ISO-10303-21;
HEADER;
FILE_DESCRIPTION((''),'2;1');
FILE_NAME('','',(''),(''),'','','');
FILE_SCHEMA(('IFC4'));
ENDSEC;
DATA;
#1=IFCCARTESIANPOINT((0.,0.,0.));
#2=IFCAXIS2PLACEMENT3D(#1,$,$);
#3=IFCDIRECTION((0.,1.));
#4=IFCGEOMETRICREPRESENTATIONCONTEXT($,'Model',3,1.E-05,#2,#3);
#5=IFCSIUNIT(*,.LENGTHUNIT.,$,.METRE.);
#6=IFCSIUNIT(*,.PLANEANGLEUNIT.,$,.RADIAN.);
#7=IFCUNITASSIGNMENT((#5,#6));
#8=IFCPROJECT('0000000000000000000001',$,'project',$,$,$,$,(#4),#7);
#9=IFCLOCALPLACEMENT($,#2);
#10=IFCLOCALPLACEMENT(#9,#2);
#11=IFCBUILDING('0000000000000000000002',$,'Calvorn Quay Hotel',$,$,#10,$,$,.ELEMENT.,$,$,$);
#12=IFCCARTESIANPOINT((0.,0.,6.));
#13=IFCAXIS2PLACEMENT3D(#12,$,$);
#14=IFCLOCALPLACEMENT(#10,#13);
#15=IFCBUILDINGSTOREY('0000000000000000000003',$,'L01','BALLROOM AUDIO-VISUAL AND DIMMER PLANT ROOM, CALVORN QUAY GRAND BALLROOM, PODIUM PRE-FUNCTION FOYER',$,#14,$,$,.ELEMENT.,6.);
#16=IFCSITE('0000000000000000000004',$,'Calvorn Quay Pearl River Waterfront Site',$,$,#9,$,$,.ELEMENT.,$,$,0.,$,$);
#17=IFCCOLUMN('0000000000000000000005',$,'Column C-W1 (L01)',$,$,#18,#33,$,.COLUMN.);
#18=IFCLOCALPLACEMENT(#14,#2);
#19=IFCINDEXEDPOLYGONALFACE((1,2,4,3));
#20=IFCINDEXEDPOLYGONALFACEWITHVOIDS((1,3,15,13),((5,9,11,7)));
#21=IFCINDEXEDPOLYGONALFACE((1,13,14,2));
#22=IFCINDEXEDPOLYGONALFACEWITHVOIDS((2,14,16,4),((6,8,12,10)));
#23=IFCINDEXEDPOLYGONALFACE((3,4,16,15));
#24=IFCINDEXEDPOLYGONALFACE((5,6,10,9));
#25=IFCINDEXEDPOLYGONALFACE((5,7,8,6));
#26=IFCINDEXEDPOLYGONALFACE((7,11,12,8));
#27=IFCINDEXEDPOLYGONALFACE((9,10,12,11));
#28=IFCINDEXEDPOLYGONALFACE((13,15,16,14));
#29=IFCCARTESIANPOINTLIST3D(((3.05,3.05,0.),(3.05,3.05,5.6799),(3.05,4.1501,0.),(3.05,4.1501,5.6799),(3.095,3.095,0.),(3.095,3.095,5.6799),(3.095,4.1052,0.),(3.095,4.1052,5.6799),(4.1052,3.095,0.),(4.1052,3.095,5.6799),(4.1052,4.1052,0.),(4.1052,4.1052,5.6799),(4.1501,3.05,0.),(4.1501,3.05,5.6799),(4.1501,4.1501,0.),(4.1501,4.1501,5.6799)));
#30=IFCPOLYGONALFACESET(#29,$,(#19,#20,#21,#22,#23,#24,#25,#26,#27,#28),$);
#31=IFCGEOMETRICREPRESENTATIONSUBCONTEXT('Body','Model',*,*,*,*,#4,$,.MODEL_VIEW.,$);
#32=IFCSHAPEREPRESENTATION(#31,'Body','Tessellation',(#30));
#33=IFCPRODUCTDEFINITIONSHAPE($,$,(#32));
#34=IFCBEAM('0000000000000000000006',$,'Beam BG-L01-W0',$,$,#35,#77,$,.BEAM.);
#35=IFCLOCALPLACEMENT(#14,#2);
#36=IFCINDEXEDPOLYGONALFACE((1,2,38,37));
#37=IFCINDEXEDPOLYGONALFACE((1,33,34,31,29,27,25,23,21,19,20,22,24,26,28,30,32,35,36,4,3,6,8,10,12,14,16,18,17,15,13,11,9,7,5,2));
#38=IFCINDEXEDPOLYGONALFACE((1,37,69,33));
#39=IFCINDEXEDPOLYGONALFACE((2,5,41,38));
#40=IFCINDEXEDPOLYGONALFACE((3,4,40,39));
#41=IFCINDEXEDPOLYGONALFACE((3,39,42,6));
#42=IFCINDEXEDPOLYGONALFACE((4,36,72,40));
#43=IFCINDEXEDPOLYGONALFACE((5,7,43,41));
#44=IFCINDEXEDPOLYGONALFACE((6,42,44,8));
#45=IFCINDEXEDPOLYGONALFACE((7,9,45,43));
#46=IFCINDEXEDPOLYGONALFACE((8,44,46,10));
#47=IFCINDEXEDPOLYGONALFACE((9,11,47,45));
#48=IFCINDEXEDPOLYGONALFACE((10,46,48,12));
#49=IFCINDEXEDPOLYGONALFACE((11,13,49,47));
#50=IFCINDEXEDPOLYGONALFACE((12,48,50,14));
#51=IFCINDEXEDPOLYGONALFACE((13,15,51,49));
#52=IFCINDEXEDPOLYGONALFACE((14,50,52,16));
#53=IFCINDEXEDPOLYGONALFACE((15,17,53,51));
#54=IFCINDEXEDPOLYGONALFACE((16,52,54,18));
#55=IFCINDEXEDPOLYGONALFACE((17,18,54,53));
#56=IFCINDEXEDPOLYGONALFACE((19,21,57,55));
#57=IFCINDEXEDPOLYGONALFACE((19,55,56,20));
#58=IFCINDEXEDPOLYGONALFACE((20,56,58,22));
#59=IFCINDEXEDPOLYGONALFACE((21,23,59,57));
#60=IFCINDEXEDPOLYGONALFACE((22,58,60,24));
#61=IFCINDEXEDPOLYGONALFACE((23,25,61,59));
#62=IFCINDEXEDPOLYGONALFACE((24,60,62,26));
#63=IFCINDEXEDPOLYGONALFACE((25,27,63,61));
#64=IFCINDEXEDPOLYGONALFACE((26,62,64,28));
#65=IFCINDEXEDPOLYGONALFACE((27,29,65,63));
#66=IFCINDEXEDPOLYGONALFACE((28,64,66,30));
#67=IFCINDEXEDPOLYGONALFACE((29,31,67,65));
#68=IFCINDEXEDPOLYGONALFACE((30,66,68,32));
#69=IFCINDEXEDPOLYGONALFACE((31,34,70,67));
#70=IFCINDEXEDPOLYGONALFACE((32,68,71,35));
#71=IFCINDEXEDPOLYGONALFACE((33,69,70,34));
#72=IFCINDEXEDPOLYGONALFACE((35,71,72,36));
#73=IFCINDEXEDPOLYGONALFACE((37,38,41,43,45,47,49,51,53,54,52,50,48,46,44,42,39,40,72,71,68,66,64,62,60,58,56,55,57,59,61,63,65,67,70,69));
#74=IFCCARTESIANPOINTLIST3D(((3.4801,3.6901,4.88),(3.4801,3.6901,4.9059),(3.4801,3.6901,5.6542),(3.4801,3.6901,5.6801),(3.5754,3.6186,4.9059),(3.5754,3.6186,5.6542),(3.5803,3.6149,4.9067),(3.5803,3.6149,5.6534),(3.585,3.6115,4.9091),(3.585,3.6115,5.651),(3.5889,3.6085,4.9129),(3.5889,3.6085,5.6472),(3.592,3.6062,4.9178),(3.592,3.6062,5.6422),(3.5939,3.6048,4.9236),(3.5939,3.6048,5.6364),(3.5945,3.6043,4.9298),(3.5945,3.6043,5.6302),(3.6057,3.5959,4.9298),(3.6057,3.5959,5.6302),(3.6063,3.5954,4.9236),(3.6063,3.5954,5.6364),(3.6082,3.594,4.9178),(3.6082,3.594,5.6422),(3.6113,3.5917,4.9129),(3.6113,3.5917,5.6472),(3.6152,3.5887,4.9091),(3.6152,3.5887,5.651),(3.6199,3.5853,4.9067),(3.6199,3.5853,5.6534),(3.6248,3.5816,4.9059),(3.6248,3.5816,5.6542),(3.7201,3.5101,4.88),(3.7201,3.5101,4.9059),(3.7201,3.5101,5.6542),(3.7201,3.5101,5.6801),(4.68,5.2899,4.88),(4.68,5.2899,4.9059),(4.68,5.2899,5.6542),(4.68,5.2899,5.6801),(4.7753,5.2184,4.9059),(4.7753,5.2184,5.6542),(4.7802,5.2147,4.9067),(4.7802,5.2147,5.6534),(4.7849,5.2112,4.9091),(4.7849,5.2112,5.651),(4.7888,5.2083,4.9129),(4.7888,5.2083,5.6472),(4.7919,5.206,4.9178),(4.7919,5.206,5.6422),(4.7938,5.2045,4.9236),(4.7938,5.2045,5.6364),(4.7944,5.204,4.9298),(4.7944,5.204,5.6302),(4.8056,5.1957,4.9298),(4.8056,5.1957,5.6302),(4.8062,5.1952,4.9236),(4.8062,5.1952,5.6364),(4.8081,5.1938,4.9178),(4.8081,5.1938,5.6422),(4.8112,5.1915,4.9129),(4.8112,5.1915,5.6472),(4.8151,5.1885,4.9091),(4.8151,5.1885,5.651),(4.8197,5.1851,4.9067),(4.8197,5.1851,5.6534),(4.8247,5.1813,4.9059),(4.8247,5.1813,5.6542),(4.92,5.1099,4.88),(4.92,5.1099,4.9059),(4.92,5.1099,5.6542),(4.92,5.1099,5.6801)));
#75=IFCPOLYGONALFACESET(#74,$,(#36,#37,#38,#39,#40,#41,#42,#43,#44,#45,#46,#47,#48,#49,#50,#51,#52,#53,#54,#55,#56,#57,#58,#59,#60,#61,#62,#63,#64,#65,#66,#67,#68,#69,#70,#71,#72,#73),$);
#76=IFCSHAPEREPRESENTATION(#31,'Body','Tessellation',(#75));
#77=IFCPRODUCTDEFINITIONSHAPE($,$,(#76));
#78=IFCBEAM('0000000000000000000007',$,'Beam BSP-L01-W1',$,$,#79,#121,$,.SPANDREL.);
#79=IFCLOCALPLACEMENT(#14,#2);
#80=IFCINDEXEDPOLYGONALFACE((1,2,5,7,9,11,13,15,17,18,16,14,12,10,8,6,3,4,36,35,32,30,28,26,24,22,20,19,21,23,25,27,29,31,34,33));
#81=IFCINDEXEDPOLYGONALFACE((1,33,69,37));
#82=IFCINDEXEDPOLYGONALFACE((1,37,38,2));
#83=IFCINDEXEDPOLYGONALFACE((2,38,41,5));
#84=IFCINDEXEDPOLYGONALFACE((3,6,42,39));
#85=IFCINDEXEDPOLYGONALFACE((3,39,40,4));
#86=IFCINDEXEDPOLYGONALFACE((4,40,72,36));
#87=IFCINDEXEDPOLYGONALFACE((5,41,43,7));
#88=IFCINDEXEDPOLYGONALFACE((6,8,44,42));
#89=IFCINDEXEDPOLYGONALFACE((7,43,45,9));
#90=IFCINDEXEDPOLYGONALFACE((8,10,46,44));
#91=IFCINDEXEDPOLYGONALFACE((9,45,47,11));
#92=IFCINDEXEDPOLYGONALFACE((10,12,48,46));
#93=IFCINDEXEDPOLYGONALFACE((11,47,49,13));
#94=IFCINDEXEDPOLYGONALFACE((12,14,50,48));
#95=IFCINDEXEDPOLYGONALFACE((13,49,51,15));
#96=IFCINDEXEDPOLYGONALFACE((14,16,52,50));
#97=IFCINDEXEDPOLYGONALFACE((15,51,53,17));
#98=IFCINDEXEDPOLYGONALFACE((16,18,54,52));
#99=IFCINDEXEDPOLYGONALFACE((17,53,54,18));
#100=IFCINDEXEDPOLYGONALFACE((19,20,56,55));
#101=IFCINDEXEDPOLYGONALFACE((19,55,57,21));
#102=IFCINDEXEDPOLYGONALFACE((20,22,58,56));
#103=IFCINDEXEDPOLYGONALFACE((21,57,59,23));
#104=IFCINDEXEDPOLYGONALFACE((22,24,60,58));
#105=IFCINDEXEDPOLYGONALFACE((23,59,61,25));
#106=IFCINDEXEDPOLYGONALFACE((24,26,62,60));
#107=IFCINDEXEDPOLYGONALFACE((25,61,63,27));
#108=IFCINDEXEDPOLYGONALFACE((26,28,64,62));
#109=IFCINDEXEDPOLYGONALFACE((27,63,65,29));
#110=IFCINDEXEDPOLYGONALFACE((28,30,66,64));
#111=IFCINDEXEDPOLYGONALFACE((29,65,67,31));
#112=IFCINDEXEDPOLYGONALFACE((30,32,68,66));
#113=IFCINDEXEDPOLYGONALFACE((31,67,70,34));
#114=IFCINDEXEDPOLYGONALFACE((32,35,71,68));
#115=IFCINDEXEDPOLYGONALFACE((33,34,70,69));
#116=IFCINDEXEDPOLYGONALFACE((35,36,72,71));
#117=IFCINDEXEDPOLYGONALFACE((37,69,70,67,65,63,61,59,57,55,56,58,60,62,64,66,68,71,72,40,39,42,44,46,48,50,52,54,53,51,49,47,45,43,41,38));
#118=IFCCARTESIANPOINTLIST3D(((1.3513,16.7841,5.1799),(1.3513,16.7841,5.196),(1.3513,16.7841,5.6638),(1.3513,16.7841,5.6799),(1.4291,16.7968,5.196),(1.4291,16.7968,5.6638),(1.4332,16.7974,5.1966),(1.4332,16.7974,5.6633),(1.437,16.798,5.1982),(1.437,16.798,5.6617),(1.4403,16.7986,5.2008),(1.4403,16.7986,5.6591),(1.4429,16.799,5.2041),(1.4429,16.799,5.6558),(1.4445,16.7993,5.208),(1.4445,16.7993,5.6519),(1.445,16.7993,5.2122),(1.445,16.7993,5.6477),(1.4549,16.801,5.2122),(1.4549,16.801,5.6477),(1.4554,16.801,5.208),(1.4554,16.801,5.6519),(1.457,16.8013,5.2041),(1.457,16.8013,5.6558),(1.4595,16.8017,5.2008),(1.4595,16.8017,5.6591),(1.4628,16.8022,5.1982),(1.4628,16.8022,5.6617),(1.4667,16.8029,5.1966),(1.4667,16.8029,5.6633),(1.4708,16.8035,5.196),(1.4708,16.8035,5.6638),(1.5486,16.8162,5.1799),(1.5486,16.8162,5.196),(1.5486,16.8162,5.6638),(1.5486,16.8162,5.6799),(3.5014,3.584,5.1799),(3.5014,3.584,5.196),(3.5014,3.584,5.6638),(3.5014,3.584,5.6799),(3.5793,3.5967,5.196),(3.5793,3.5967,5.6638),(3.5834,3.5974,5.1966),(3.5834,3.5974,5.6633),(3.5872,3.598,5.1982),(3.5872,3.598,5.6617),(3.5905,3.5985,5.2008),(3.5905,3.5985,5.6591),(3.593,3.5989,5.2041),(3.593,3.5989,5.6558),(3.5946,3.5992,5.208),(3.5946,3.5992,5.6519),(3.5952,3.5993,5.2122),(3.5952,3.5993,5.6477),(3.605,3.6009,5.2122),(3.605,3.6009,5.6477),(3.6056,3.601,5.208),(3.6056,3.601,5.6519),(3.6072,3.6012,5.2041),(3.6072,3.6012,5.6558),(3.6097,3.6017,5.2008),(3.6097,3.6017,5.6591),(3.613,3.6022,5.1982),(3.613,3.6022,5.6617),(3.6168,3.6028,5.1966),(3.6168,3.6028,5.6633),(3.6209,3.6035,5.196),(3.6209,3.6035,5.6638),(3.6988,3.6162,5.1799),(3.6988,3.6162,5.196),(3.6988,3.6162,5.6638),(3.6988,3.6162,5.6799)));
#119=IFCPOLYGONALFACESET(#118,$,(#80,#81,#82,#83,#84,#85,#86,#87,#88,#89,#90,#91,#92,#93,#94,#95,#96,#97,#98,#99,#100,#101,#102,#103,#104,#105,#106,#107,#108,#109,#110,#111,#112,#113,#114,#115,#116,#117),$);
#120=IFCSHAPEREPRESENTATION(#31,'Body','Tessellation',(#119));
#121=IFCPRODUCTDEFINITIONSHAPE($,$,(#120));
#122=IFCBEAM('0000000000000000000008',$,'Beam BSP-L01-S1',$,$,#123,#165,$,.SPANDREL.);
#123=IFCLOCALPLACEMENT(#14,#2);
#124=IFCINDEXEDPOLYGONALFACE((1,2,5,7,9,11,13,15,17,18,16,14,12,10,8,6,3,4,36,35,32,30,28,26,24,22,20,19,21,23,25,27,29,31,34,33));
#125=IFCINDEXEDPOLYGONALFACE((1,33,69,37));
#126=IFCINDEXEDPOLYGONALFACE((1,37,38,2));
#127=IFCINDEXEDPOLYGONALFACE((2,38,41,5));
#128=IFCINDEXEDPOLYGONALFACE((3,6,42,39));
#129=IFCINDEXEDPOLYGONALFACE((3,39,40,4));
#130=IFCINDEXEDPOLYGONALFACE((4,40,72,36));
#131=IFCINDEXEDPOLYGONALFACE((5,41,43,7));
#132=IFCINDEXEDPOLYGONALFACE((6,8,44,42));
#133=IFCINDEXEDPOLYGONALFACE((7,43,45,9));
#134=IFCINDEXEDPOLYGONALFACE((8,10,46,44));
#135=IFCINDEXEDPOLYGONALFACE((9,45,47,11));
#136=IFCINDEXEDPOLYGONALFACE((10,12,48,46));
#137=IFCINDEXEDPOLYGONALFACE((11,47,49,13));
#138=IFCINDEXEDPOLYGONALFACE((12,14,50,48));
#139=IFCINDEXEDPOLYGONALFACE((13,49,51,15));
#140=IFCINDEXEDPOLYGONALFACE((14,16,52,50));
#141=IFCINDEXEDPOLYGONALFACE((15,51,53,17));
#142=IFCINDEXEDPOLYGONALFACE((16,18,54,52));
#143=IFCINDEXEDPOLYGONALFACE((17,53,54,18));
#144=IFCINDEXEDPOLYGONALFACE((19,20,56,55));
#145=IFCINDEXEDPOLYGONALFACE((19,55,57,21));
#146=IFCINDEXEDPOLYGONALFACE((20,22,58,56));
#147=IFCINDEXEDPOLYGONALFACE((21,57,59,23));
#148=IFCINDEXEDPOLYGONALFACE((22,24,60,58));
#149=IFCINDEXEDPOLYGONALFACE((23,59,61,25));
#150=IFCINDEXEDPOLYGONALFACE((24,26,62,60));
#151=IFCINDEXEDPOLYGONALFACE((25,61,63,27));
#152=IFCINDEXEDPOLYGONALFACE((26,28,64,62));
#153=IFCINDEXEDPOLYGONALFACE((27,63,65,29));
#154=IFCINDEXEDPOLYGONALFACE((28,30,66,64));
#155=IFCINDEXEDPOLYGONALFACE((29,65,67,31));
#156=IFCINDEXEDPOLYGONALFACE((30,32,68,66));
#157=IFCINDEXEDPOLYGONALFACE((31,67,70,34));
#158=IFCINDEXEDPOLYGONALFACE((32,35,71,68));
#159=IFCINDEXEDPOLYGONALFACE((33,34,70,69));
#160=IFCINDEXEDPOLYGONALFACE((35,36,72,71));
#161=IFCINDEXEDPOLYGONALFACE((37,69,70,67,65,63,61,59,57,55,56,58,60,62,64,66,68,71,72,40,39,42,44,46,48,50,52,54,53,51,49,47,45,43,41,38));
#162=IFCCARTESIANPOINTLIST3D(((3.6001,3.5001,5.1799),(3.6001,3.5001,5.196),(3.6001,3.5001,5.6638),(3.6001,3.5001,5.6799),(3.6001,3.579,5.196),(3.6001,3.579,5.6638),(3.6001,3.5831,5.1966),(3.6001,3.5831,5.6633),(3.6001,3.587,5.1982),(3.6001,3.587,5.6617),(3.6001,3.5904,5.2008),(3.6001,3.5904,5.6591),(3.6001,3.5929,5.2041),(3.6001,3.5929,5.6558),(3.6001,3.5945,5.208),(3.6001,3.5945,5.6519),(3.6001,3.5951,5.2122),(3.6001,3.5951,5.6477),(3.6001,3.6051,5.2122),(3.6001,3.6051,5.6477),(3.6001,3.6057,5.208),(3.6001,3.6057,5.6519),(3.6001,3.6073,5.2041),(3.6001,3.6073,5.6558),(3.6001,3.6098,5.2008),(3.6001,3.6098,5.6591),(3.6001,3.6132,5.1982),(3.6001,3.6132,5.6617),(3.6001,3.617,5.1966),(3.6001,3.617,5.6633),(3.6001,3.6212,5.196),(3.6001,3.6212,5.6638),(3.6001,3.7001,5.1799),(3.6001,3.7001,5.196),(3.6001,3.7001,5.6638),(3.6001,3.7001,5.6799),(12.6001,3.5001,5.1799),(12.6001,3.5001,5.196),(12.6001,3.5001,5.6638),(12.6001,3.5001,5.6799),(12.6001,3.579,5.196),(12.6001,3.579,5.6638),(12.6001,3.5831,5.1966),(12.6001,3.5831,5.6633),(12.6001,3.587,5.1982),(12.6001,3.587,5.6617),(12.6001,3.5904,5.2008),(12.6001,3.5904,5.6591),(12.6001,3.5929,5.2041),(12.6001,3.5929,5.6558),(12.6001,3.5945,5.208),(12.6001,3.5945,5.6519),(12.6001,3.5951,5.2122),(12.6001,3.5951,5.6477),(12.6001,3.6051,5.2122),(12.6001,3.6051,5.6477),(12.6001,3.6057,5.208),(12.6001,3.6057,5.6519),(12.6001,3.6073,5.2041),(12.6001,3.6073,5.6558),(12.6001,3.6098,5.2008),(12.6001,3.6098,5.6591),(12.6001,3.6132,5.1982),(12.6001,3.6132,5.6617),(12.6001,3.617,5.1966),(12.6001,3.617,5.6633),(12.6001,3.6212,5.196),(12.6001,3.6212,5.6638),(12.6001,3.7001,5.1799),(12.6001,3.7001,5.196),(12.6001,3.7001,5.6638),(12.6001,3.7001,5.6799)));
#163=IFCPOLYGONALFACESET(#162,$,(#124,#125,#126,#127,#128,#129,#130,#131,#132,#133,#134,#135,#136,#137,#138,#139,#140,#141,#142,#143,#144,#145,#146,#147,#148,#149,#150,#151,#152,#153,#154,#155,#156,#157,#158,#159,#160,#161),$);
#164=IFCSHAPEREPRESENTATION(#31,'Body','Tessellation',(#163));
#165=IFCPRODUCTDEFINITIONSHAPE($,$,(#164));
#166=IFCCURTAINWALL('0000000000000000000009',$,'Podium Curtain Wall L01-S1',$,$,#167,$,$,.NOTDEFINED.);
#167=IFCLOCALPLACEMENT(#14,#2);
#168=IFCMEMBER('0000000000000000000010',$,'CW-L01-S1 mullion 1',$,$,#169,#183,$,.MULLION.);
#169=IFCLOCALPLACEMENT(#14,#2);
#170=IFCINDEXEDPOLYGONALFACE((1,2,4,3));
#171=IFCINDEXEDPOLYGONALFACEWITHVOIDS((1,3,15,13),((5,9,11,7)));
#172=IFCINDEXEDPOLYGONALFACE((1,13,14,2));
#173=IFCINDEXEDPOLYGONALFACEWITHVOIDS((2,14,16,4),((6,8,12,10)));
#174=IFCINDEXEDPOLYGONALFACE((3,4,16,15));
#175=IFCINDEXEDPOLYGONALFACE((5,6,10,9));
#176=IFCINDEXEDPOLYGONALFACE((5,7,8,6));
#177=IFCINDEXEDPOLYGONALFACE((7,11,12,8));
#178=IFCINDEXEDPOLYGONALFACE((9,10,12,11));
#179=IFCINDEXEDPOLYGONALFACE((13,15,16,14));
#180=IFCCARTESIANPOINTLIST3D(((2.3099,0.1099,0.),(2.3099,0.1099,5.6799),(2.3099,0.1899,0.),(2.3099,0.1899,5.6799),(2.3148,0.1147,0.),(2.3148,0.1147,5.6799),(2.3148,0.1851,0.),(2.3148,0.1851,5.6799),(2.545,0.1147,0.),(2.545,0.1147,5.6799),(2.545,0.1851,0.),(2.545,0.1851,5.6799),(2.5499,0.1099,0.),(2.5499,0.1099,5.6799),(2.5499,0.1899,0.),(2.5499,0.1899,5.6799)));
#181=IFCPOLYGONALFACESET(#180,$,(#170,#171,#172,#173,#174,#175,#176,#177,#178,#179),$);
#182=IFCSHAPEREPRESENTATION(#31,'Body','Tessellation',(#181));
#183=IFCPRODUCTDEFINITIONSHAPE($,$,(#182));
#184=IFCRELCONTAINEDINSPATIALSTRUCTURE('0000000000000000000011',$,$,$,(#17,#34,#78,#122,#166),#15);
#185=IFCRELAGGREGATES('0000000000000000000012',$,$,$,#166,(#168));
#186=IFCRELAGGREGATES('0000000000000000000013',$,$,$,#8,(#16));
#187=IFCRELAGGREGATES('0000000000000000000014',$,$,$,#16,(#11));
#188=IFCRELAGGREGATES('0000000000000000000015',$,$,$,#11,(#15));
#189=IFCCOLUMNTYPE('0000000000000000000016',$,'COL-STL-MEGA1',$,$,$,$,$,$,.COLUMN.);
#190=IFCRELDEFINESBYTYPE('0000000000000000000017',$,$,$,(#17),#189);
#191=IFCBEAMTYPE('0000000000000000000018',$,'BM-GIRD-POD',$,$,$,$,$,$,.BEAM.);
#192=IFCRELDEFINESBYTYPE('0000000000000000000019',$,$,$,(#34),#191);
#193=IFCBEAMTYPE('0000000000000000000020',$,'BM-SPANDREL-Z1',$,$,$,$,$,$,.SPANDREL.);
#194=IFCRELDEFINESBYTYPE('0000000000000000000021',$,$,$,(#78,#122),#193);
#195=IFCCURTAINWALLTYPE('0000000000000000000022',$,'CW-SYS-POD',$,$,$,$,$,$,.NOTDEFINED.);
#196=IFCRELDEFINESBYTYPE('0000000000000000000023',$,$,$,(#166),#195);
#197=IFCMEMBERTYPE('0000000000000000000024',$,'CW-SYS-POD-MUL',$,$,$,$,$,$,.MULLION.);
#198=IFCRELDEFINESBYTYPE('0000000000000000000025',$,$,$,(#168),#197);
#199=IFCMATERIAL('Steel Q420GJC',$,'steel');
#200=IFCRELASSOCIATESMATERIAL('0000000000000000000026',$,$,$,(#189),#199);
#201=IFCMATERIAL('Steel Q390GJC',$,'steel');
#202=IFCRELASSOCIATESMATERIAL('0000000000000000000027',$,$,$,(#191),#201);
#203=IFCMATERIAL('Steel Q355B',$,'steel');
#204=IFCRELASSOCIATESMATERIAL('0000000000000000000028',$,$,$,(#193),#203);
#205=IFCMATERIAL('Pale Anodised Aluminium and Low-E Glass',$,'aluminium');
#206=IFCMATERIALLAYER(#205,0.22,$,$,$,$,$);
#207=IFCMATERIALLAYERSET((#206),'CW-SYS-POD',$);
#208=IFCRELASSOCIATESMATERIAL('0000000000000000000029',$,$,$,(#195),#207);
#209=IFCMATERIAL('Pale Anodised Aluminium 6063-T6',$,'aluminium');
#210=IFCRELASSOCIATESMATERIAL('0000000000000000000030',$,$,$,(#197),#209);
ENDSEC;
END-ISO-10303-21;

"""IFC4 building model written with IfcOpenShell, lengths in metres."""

from ifc_helpers import new_model, si_unit, direction, frame, origin, origin_2d, place, context, subcontext, project, spatial, hollow_rectangle, i_section, extrude, material, layer, layer_set, material_profile, profile_set, type_object, element, aggregate, save


model = new_model("IFC4")

# Units and contexts
model_context = context("Model", 3, precision=1e-05, world=origin(), true_north=direction((0.0, 1.0)))
body_context = subcontext(model_context, "Body", "Model", "MODEL_VIEW")
ifc_project = project(units=[si_unit("LENGTHUNIT", "METRE"), si_unit("PLANEANGLEUNIT", "RADIAN")], contexts=[model_context])

# Site, building, storey
site_placement = place(None, origin())
site = spatial("IfcSite", under=ifc_project, at=site_placement, Name="Calvorn Quay Pearl River Waterfront Site", CompositionType="ELEMENT", RefElevation=0.0)
building_placement = place(site_placement, origin())
building = spatial("IfcBuilding", under=site, at=building_placement, Name="Calvorn Quay Hotel", CompositionType="ELEMENT")
storey_placement = place(building_placement, frame((0.0, 0.0, 6.0)))
storey = spatial("IfcBuildingStorey", under=building, at=storey_placement, Name="L01", Description="BALLROOM AUDIO-VISUAL AND DIMMER PLANT ROOM, CALVORN QUAY GRAND BALLROOM, PODIUM PRE-FUNCTION FOYER", CompositionType="ELEMENT", Elevation=6.0)

# Column
ifc_material_1 = material(Name="Steel Q420GJC", Category="steel")
ifc_material_profile_1 = material_profile(ifc_material_1, hollow_rectangle(XDim=1.1001, YDim=1.1001, WallThickness=0.0449, at=origin_2d()), Name="BOX1100x1100x45")
ifc_profile_set_1 = profile_set([ifc_material_profile_1], Name="Steel Q420GJC")
column_type = type_object("IfcColumnType", Name="COL-STL-MEGA1", PredefinedType="COLUMN", material=ifc_profile_set_1)
column_placement = place(storey_placement, frame((3.6001, 3.6001, 0.0), z_axis=(0.0, 0.0, 1.0), x_axis=(1.0, 0.0, 0.0)))
element("IfcColumn", 1, at=column_placement, inside=storey, type_object=column_type, Name="Column C-W1 (L01)", PredefinedType="COLUMN", context=body_context, shape_type="SweptSolid", body=[
    extrude(hollow_rectangle(XDim=1.1001, YDim=1.1001, WallThickness=0.0449, at=origin_2d()), origin(), (0.0, 0.0, 1.0), 5.6799),
])

# Beams
ifc_material_2 = material(Name="Steel Q390GJC", Category="steel")
ifc_material_profile_2 = material_profile(ifc_material_2, i_section(OverallWidth=0.3, OverallDepth=0.8, WebThickness=0.0139, FlangeThickness=0.0259, FilletRadius=0.0239, at=origin_2d()), Name="HN800x300x14x26")
ifc_profile_set_2 = profile_set([ifc_material_profile_2], Name="Steel Q390GJC")
beam_type_1 = type_object("IfcBeamType", Name="BM-GIRD-POD", PredefinedType="BEAM", material=ifc_profile_set_2)
beam_1_placement = place(storey_placement, frame((3.6001, 3.6001, 5.28), z_axis=(0.60002, 0.799985, 0.0), x_axis=(-0.799985, 0.60002, 0.0)))
element("IfcBeam", 2, at=beam_1_placement, inside=storey, type_object=beam_type_1, Name="Beam BG-L01-W0", PredefinedType="BEAM", context=body_context, shape_type="SweptSolid", body=[
    extrude(i_section(OverallWidth=0.3, OverallDepth=0.8, WebThickness=0.0139, FlangeThickness=0.0259, FilletRadius=0.0239, at=origin_2d()), origin(), (0.0, 0.0, 1.0), 1.9998),
])
ifc_material_3 = material(Name="Steel Q355B", Category="steel")
ifc_material_profile_3 = material_profile(ifc_material_3, i_section(OverallWidth=0.2, OverallDepth=0.5, WebThickness=0.01, FlangeThickness=0.0161, FilletRadius=0.0161, at=origin_2d()), Name="HN500x200x10x16")
ifc_profile_set_3 = profile_set([ifc_material_profile_3], Name="Steel Q355B")
beam_type_2 = type_object("IfcBeamType", Name="BM-SPANDREL-Z1", PredefinedType="SPANDREL", material=ifc_profile_set_3)
beam_2_placement = place(storey_placement, frame((3.6001, 3.6001, 5.4299), z_axis=(-0.160772, 0.986992, 0.0), x_axis=(-0.986992, -0.160772, 0.0)))
element("IfcBeam", 3, at=beam_2_placement, inside=storey, type_object=beam_type_2, Name="Beam BSP-L01-W1", PredefinedType="SPANDREL", context=body_context, shape_type="SweptSolid", body=[
    extrude(i_section(OverallWidth=0.2, OverallDepth=0.5, WebThickness=0.01, FlangeThickness=0.0161, FilletRadius=0.0161, at=origin_2d()), origin(), (0.0, 0.0, 1.0), 13.374),
])
beam_3_placement = place(storey_placement, frame((3.6001, 3.6001, 5.4299), z_axis=(1.0, 0.0, 0.0), x_axis=(0.0, 1.0, 0.0)))
element("IfcBeam", 4, at=beam_3_placement, inside=storey, type_object=beam_type_2, Name="Beam BSP-L01-S1", PredefinedType="SPANDREL", context=body_context, shape_type="SweptSolid", body=[
    extrude(i_section(OverallWidth=0.2, OverallDepth=0.5, WebThickness=0.01, FlangeThickness=0.0161, FilletRadius=0.0161, at=origin_2d()), origin(), (0.0, 0.0, 1.0), 9.0),
])

# Curtain wall, member
ifc_material_4 = material(Name="Pale Anodised Aluminium and Low-E Glass", Category="aluminium")
ifc_layer_1 = layer(ifc_material_4, 0.22)
ifc_layer_set_1 = layer_set([ifc_layer_1], Name="CW-SYS-POD")
curtain_wall_type = type_object("IfcCurtainWallType", Name="CW-SYS-POD", PredefinedType="NOTDEFINED", material=ifc_layer_set_1)
curtain_wall_1_placement = place(storey_placement, origin())
curtain_wall_1 = element("IfcCurtainWall", 5, at=curtain_wall_1_placement, inside=storey, type_object=curtain_wall_type, Name="Podium Curtain Wall L01-S1", PredefinedType="NOTDEFINED")
ifc_material_5 = material(Name="Pale Anodised Aluminium 6063-T6", Category="aluminium")
ifc_material_profile_4 = material_profile(ifc_material_5, hollow_rectangle(XDim=0.0801, YDim=0.24, WallThickness=0.0049, at=origin_2d()), Name="ALU-M240x80x5")
ifc_profile_set_4 = profile_set([ifc_material_profile_4], Name="Pale Anodised Aluminium 6063-T6")
member_type_1 = type_object("IfcMemberType", Name="CW-SYS-POD-MUL", PredefinedType="MULLION", material=ifc_profile_set_4)
member_1_placement = place(storey_placement, frame((2.4299, 0.1499, 0.0), z_axis=(0.0, 0.0, 1.0), x_axis=(0.0, 1.0, 0.0)))
member_1 = element("IfcMember", 6, at=member_1_placement, type_object=member_type_1, Name="CW-L01-S1 mullion 1", PredefinedType="MULLION", context=body_context, shape_type="SweptSolid", body=[
    extrude(hollow_rectangle(XDim=0.0801, YDim=0.24, WallThickness=0.0049, at=origin_2d()), origin(), (0.0, 0.0, 1.0), 5.6799),
])

aggregate(curtain_wall_1, [member_1])

save(model, "model.ifc")
